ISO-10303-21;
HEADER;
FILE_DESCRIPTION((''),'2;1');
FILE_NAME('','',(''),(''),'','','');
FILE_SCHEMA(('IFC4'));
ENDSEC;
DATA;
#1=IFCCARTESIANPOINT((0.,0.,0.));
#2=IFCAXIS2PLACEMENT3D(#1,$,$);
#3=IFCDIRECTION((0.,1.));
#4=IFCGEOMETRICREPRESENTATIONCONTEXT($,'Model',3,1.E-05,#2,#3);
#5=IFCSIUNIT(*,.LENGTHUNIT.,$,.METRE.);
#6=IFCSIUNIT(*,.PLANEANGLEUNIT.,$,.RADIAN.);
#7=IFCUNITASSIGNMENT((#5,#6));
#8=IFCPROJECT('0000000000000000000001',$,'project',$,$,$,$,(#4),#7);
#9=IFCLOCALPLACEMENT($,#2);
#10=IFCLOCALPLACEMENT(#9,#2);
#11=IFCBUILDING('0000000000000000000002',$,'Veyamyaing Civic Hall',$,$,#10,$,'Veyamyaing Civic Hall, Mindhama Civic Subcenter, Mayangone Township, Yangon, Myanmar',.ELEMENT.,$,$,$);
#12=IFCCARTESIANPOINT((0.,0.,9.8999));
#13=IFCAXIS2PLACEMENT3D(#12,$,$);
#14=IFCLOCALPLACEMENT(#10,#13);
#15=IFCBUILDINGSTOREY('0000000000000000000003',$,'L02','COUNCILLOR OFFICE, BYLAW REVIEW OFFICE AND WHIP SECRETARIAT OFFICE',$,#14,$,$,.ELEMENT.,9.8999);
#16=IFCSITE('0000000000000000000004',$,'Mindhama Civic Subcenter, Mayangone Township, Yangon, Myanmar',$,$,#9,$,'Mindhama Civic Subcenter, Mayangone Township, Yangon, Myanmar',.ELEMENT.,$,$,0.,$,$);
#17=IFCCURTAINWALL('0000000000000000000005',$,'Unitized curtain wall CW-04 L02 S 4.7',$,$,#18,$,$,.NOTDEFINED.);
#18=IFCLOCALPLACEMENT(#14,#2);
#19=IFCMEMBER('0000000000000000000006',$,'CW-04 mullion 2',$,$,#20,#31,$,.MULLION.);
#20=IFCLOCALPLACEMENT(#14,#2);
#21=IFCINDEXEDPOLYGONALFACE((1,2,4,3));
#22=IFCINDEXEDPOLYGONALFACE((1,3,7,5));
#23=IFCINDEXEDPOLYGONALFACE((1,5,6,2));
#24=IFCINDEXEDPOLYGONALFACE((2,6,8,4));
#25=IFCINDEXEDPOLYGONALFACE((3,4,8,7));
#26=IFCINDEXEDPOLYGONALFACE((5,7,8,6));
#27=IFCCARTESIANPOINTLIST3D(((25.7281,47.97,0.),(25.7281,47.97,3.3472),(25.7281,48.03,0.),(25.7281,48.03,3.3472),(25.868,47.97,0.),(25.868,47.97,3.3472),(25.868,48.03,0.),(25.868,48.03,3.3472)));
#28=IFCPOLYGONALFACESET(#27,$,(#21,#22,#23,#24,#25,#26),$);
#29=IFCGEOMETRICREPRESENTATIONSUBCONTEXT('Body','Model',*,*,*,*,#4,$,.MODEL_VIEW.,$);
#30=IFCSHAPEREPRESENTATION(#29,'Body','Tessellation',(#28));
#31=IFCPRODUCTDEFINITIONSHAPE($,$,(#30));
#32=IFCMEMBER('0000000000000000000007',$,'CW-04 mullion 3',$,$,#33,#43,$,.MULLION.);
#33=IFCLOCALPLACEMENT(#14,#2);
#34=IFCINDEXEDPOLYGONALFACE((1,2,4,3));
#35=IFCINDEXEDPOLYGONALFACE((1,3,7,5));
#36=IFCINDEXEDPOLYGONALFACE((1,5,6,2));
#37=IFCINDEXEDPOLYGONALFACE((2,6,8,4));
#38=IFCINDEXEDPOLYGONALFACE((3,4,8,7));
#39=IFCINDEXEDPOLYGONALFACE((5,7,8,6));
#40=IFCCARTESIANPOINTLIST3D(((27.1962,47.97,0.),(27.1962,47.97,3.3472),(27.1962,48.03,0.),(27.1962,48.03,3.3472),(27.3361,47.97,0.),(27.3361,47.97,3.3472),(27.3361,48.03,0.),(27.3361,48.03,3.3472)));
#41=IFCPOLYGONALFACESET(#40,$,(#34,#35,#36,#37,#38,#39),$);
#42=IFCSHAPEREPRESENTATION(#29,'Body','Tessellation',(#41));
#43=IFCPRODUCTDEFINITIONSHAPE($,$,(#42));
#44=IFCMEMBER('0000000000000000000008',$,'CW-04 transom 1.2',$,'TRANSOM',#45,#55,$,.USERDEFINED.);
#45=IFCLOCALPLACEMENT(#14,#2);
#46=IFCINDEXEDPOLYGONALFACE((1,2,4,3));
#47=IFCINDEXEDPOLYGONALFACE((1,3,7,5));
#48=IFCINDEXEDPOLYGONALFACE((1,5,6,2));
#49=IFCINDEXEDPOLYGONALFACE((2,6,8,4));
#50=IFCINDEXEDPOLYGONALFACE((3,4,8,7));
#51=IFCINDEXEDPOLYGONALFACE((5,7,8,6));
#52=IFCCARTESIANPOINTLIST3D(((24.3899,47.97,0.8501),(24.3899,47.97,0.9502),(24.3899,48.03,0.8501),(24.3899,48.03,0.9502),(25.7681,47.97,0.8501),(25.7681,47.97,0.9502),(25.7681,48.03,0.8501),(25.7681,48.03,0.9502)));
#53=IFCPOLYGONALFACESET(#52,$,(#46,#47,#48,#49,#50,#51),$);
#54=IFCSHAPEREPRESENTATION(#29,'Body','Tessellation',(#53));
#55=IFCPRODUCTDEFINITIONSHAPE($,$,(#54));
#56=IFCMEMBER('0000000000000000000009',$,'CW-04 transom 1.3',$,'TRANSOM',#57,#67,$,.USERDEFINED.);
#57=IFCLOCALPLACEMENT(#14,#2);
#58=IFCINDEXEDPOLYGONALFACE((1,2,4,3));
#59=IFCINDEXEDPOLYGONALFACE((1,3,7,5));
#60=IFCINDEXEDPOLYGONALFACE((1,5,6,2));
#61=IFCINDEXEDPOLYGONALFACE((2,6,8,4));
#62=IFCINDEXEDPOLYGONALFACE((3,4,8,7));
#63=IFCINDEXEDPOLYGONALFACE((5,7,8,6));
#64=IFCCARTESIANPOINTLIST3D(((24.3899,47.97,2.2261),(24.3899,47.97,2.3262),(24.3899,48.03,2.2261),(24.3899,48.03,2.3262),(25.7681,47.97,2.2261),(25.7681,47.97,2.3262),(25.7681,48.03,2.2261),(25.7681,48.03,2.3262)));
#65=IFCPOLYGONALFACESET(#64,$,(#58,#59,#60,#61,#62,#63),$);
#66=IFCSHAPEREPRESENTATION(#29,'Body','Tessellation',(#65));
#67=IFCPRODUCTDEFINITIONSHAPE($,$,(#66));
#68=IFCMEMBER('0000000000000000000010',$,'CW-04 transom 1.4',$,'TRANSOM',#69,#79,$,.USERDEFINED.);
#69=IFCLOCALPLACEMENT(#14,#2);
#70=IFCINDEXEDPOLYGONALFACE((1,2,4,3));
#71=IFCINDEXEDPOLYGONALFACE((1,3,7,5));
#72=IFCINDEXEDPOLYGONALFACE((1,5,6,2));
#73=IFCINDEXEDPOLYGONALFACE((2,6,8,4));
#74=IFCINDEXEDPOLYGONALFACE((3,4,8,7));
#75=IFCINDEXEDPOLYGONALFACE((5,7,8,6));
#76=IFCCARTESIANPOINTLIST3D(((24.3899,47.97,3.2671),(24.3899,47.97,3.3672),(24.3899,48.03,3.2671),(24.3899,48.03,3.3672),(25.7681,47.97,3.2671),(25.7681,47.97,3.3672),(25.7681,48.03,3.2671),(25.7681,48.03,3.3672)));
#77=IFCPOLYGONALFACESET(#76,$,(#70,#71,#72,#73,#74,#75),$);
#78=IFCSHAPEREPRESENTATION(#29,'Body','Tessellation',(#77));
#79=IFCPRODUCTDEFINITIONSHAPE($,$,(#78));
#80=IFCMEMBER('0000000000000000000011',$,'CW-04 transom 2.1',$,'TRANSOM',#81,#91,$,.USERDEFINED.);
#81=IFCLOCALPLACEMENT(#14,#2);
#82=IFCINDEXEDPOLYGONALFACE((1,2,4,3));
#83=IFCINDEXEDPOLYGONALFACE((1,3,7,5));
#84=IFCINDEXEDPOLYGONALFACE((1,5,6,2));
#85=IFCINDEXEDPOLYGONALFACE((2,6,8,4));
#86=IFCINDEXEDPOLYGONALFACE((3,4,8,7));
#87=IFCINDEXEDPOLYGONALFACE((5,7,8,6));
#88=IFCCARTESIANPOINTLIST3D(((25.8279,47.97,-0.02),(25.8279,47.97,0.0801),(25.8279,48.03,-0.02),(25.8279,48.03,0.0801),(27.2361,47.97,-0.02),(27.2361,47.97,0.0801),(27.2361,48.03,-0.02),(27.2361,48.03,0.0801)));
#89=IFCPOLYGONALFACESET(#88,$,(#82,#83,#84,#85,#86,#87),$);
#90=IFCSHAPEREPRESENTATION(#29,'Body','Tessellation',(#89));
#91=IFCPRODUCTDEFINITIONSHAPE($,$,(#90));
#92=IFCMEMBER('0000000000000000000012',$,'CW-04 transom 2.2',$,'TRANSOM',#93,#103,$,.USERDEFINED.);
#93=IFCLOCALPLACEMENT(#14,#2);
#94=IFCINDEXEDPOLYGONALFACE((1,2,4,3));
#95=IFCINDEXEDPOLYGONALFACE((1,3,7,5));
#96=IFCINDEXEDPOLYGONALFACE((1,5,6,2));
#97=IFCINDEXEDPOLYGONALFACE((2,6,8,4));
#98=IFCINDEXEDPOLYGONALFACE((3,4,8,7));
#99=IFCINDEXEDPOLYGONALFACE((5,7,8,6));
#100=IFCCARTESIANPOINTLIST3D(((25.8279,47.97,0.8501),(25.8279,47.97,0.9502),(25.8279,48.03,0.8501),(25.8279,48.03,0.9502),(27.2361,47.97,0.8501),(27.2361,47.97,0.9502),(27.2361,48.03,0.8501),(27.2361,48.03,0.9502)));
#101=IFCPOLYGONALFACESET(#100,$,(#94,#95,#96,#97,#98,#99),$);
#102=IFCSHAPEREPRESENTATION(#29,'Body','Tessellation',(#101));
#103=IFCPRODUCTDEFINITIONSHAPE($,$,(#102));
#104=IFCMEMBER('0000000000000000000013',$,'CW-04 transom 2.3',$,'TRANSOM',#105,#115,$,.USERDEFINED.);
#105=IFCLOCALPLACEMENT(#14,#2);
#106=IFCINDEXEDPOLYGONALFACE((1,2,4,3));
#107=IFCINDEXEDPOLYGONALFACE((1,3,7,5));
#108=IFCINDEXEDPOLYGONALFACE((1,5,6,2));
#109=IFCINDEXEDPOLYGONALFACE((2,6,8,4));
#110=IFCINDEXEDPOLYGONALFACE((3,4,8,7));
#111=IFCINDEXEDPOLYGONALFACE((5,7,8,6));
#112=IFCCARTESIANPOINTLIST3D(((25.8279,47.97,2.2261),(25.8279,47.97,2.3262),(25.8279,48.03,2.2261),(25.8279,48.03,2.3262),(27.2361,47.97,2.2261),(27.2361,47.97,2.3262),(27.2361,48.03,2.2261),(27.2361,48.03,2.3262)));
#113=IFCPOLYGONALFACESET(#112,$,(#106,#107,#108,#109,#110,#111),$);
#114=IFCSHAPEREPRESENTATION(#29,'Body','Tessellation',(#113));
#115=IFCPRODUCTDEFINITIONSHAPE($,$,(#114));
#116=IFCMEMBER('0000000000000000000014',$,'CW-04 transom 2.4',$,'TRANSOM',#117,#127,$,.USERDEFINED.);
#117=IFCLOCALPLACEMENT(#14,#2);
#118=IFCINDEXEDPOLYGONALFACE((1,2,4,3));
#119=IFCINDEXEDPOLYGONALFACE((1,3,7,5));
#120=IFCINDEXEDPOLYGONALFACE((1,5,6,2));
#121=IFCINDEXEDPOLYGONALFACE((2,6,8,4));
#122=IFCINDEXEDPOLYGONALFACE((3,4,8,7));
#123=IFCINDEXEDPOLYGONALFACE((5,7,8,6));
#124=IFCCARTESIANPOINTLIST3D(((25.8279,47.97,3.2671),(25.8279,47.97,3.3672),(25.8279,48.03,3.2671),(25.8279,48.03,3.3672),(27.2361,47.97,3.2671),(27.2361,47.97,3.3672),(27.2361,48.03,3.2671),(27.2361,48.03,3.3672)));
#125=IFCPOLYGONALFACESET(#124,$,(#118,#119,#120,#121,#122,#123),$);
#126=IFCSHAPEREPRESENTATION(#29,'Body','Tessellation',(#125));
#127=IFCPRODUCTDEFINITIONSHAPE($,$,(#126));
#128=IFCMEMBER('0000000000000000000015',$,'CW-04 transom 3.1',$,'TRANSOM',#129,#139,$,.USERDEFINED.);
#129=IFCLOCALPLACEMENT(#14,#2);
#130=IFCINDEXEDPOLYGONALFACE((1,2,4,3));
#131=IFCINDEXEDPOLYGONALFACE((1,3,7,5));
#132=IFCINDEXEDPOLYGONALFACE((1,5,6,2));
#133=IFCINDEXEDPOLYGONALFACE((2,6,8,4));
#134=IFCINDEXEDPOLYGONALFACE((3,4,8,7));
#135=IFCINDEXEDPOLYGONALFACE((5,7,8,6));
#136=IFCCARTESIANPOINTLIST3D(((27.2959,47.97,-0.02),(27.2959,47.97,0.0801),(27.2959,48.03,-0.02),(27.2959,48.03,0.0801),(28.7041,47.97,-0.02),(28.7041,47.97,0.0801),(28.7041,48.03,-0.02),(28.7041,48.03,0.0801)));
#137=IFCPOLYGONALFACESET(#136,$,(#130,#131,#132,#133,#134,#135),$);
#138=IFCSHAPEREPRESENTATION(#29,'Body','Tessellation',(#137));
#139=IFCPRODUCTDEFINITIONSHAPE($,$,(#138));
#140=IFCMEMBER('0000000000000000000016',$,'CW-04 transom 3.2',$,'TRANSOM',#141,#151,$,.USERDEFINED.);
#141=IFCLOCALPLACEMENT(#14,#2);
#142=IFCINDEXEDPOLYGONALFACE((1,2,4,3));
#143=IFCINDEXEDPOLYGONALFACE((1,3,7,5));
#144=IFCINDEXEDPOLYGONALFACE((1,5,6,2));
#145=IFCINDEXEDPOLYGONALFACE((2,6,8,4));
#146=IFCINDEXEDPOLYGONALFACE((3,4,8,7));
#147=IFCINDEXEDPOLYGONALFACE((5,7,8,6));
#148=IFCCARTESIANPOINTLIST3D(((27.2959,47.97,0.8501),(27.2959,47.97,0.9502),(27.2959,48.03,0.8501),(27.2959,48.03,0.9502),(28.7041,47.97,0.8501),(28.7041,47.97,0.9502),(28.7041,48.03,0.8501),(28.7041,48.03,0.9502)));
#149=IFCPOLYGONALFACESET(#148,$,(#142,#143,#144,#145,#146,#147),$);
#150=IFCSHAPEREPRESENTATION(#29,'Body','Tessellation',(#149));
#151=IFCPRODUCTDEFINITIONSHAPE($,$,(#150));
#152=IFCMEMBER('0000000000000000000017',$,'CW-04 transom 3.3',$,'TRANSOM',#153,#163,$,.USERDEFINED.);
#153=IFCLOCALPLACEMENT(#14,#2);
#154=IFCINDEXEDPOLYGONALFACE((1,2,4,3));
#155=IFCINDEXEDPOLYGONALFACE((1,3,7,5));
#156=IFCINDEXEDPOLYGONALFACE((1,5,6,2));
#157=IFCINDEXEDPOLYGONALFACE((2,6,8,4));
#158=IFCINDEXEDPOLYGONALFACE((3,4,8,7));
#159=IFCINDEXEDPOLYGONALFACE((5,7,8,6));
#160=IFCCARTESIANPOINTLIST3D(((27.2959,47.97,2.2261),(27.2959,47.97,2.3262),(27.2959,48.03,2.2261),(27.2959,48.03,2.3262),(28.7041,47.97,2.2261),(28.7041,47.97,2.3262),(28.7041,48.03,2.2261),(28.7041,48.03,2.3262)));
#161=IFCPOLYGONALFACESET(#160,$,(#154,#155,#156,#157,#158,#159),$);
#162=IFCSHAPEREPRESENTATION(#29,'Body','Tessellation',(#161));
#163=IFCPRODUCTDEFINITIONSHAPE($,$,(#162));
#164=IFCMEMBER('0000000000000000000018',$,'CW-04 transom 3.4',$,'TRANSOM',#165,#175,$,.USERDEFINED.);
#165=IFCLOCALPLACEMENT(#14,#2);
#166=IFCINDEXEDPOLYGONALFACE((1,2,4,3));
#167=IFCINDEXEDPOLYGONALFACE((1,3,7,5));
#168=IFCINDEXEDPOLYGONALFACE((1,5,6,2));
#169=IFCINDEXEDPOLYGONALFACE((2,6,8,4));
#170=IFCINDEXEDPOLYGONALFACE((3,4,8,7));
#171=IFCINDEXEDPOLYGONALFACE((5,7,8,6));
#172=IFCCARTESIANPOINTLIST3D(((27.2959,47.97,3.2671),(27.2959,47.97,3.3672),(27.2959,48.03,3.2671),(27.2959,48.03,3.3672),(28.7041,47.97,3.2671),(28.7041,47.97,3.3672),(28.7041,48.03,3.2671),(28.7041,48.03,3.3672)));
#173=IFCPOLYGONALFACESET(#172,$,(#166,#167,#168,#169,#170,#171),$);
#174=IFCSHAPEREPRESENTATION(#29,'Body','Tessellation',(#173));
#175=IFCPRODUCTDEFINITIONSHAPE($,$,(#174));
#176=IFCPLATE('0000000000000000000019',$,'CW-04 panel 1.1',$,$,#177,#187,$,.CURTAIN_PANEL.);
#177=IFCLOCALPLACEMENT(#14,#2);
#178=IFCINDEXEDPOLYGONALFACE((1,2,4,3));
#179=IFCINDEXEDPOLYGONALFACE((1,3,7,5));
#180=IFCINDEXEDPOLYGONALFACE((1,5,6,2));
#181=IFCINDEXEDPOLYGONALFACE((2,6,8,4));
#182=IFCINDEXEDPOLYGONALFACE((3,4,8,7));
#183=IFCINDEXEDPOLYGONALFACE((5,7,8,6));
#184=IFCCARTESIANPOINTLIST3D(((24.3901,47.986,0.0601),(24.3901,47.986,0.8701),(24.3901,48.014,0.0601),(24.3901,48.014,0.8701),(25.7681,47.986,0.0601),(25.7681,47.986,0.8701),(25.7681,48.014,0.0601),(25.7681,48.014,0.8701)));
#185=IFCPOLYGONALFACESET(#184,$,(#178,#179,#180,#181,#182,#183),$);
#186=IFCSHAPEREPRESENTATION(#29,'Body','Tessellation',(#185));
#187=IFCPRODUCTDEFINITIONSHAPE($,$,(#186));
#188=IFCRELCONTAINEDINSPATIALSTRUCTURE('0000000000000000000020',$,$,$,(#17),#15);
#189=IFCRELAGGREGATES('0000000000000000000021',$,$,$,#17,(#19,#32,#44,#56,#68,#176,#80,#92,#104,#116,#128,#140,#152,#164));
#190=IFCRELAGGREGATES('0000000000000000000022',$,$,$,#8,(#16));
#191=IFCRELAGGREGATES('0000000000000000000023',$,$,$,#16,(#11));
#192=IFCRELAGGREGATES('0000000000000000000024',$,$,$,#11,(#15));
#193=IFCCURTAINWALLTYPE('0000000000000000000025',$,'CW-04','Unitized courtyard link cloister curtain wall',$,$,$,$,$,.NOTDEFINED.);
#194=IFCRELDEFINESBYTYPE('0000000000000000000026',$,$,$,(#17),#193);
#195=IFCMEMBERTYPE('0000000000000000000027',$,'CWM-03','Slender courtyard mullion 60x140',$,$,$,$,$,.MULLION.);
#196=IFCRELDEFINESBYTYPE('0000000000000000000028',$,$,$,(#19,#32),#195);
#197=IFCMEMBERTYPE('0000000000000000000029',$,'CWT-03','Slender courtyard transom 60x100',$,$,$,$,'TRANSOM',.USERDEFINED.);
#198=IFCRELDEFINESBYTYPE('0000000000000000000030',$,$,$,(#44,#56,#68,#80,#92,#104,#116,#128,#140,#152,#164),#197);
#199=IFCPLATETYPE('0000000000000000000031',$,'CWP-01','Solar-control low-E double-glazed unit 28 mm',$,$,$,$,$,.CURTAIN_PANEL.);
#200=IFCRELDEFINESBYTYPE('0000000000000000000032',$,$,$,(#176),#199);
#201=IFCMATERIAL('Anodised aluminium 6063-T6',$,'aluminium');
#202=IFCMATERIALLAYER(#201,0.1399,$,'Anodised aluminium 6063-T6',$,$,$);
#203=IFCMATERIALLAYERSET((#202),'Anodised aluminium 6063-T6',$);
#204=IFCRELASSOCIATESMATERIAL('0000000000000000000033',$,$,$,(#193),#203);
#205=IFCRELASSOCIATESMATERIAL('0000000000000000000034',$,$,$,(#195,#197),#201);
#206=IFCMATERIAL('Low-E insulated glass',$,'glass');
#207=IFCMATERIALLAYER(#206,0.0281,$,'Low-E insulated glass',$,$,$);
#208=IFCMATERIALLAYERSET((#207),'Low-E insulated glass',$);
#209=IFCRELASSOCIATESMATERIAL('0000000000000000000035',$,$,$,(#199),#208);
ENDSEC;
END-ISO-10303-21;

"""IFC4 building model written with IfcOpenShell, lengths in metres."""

from ifc_helpers import new_model, si_unit, direction, frame, origin, origin_2d, place, context, subcontext, project, spatial, rectangle, extrude, material, layer, layer_set, material_profile, profile_set, type_object, element, aggregate, save


model = new_model("IFC4")

# Units and contexts
model_context = context("Model", 3, precision=1e-05, world=origin(), true_north=direction((0.0, 1.0)))
body_context = subcontext(model_context, "Body", "Model", "MODEL_VIEW")
ifc_project = project(units=[si_unit("LENGTHUNIT", "METRE"), si_unit("PLANEANGLEUNIT", "RADIAN")], contexts=[model_context])

# Site, building, storey
site_placement = place(None, origin())
site = spatial("IfcSite", under=ifc_project, at=site_placement, Name="Mindhama Civic Subcenter, Mayangone Township, Yangon, Myanmar", LongName="Mindhama Civic Subcenter, Mayangone Township, Yangon, Myanmar", CompositionType="ELEMENT", RefElevation=0.0)
building_placement = place(site_placement, origin())
building = spatial("IfcBuilding", under=site, at=building_placement, Name="Veyamyaing Civic Hall", LongName="Veyamyaing Civic Hall, Mindhama Civic Subcenter, Mayangone Township, Yangon, Myanmar", CompositionType="ELEMENT")
storey_placement = place(building_placement, frame((0.0, 0.0, 9.8999)))
storey = spatial("IfcBuildingStorey", under=building, at=storey_placement, Name="L02", Description="COUNCILLOR OFFICE, BYLAW REVIEW OFFICE AND WHIP SECRETARIAT OFFICE", CompositionType="ELEMENT", Elevation=9.8999)

# Curtain wall, members, plate
ifc_material_1 = material(Name="Anodised aluminium 6063-T6", Category="aluminium")
ifc_layer_1 = layer(ifc_material_1, 0.1399, Name="Anodised aluminium 6063-T6")
ifc_layer_set_1 = layer_set([ifc_layer_1], Name="Anodised aluminium 6063-T6")
curtain_wall_type = type_object("IfcCurtainWallType", Name="CW-04", Description="Unitized courtyard link cloister curtain wall", PredefinedType="NOTDEFINED", material=ifc_layer_set_1)
curtain_wall_placement = place(storey_placement, origin())
curtain_wall = element("IfcCurtainWall", 1, at=curtain_wall_placement, inside=storey, type_object=curtain_wall_type, Name="Unitized curtain wall CW-04 L02 S 4.7", PredefinedType="NOTDEFINED")
ifc_material_profile_1 = material_profile(ifc_material_1, rectangle(XDim=0.0601, YDim=0.1399, at=origin_2d()), Name="ALU-MUL-60X140")
ifc_profile_set_1 = profile_set([ifc_material_profile_1], Name="Anodised aluminium 6063-T6")
member_type_1 = type_object("IfcMemberType", Name="CWM-03", Description="Slender courtyard mullion 60x140", PredefinedType="MULLION", material=ifc_profile_set_1)
member_1_placement = place(storey_placement, frame((25.7981, 48.0, 0.0), z_axis=(0.0, 0.0, 1.0), x_axis=(0.0, 1.0, 0.0)))
member_1 = element("IfcMember", 2, at=member_1_placement, type_object=member_type_1, Name="CW-04 mullion 2", PredefinedType="MULLION", context=body_context, shape_type="SweptSolid", body=[
    extrude(rectangle(XDim=0.0601, YDim=0.1399, at=origin_2d()), origin(), (0.0, 0.0, 1.0), 3.3472),
])
member_2_placement = place(storey_placement, frame((27.2661, 48.0, 0.0), z_axis=(0.0, 0.0, 1.0), x_axis=(0.0, 1.0, 0.0)))
member_2 = element("IfcMember", 3, at=member_2_placement, type_object=member_type_1, Name="CW-04 mullion 3", PredefinedType="MULLION", context=body_context, shape_type="SweptSolid", body=[
    extrude(rectangle(XDim=0.0601, YDim=0.1399, at=origin_2d()), origin(), (0.0, 0.0, 1.0), 3.3472),
])
ifc_material_profile_2 = material_profile(ifc_material_1, rectangle(XDim=0.0601, YDim=0.1001, at=origin_2d()), Name="ALU-TRN-60X100")
ifc_profile_set_2 = profile_set([ifc_material_profile_2], Name="Anodised aluminium 6063-T6")
member_type_2 = type_object("IfcMemberType", Name="CWT-03", Description="Slender courtyard transom 60x100", ElementType="TRANSOM", PredefinedType="USERDEFINED", material=ifc_profile_set_2)
member_3_placement = place(storey_placement, frame((24.3899, 48.0, 0.9001), z_axis=(1.0, 0.0, 0.0), x_axis=(0.0, 1.0, 0.0)))
member_3 = element("IfcMember", 4, at=member_3_placement, type_object=member_type_2, Name="CW-04 transom 1.2", ObjectType="TRANSOM", PredefinedType="USERDEFINED", context=body_context, shape_type="SweptSolid", body=[
    extrude(rectangle(XDim=0.0601, YDim=0.1001, at=origin_2d()), origin(), (0.0, 0.0, 1.0), 1.3782),
])
member_4_placement = place(storey_placement, frame((24.3899, 48.0, 2.2761), z_axis=(1.0, 0.0, 0.0), x_axis=(0.0, 1.0, 0.0)))
member_4 = element("IfcMember", 5, at=member_4_placement, type_object=member_type_2, Name="CW-04 transom 1.3", ObjectType="TRANSOM", PredefinedType="USERDEFINED", context=body_context, shape_type="SweptSolid", body=[
    extrude(rectangle(XDim=0.0601, YDim=0.1001, at=origin_2d()), origin(), (0.0, 0.0, 1.0), 1.3782),
])
member_5_placement = place(storey_placement, frame((24.3899, 48.0, 3.3171), z_axis=(1.0, 0.0, 0.0), x_axis=(0.0, 1.0, 0.0)))
member_5 = element("IfcMember", 6, at=member_5_placement, type_object=member_type_2, Name="CW-04 transom 1.4", ObjectType="TRANSOM", PredefinedType="USERDEFINED", context=body_context, shape_type="SweptSolid", body=[
    extrude(rectangle(XDim=0.0601, YDim=0.1001, at=origin_2d()), origin(), (0.0, 0.0, 1.0), 1.3782),
])
member_6_placement = place(storey_placement, frame((25.8279, 48.0, 0.03), z_axis=(1.0, 0.0, 0.0), x_axis=(0.0, 1.0, 0.0)))
member_6 = element("IfcMember", 7, at=member_6_placement, type_object=member_type_2, Name="CW-04 transom 2.1", ObjectType="TRANSOM", PredefinedType="USERDEFINED", context=body_context, shape_type="SweptSolid", body=[
    extrude(rectangle(XDim=0.0601, YDim=0.1001, at=origin_2d()), origin(), (0.0, 0.0, 1.0), 1.4082),
])
member_7_placement = place(storey_placement, frame((25.8279, 48.0, 0.9001), z_axis=(1.0, 0.0, 0.0), x_axis=(0.0, 1.0, 0.0)))
member_7 = element("IfcMember", 8, at=member_7_placement, type_object=member_type_2, Name="CW-04 transom 2.2", ObjectType="TRANSOM", PredefinedType="USERDEFINED", context=body_context, shape_type="SweptSolid", body=[
    extrude(rectangle(XDim=0.0601, YDim=0.1001, at=origin_2d()), origin(), (0.0, 0.0, 1.0), 1.4082),
])
member_8_placement = place(storey_placement, frame((25.8279, 48.0, 2.2761), z_axis=(1.0, 0.0, 0.0), x_axis=(0.0, 1.0, 0.0)))
member_8 = element("IfcMember", 9, at=member_8_placement, type_object=member_type_2, Name="CW-04 transom 2.3", ObjectType="TRANSOM", PredefinedType="USERDEFINED", context=body_context, shape_type="SweptSolid", body=[
    extrude(rectangle(XDim=0.0601, YDim=0.1001, at=origin_2d()), origin(), (0.0, 0.0, 1.0), 1.4082),
])
member_9_placement = place(storey_placement, frame((25.8279, 48.0, 3.3171), z_axis=(1.0, 0.0, 0.0), x_axis=(0.0, 1.0, 0.0)))
member_9 = element("IfcMember", 10, at=member_9_placement, type_object=member_type_2, Name="CW-04 transom 2.4", ObjectType="TRANSOM", PredefinedType="USERDEFINED", context=body_context, shape_type="SweptSolid", body=[
    extrude(rectangle(XDim=0.0601, YDim=0.1001, at=origin_2d()), origin(), (0.0, 0.0, 1.0), 1.4082),
])
member_10_placement = place(storey_placement, frame((27.2959, 48.0, 0.03), z_axis=(1.0, 0.0, 0.0), x_axis=(0.0, 1.0, 0.0)))
member_10 = element("IfcMember", 11, at=member_10_placement, type_object=member_type_2, Name="CW-04 transom 3.1", ObjectType="TRANSOM", PredefinedType="USERDEFINED", context=body_context, shape_type="SweptSolid", body=[
    extrude(rectangle(XDim=0.0601, YDim=0.1001, at=origin_2d()), origin(), (0.0, 0.0, 1.0), 1.4082),
])
member_11_placement = place(storey_placement, frame((27.2959, 48.0, 0.9001), z_axis=(1.0, 0.0, 0.0), x_axis=(0.0, 1.0, 0.0)))
member_11 = element("IfcMember", 12, at=member_11_placement, type_object=member_type_2, Name="CW-04 transom 3.2", ObjectType="TRANSOM", PredefinedType="USERDEFINED", context=body_context, shape_type="SweptSolid", body=[
    extrude(rectangle(XDim=0.0601, YDim=0.1001, at=origin_2d()), origin(), (0.0, 0.0, 1.0), 1.4082),
])
member_12_placement = place(storey_placement, frame((27.2959, 48.0, 2.2761), z_axis=(1.0, 0.0, 0.0), x_axis=(0.0, 1.0, 0.0)))
member_12 = element("IfcMember", 13, at=member_12_placement, type_object=member_type_2, Name="CW-04 transom 3.3", ObjectType="TRANSOM", PredefinedType="USERDEFINED", context=body_context, shape_type="SweptSolid", body=[
    extrude(rectangle(XDim=0.0601, YDim=0.1001, at=origin_2d()), origin(), (0.0, 0.0, 1.0), 1.4082),
])
member_13_placement = place(storey_placement, frame((27.2959, 48.0, 3.3171), z_axis=(1.0, 0.0, 0.0), x_axis=(0.0, 1.0, 0.0)))
member_13 = element("IfcMember", 14, at=member_13_placement, type_object=member_type_2, Name="CW-04 transom 3.4", ObjectType="TRANSOM", PredefinedType="USERDEFINED", context=body_context, shape_type="SweptSolid", body=[
    extrude(rectangle(XDim=0.0601, YDim=0.1001, at=origin_2d()), origin(), (0.0, 0.0, 1.0), 1.4082),
])
ifc_material_2 = material(Name="Low-E insulated glass", Category="glass")
ifc_layer_2 = layer(ifc_material_2, 0.0281, Name="Low-E insulated glass")
ifc_layer_set_2 = layer_set([ifc_layer_2], Name="Low-E insulated glass")
plate_type = type_object("IfcPlateType", Name="CWP-01", Description="Solar-control low-E double-glazed unit 28 mm", PredefinedType="CURTAIN_PANEL", material=ifc_layer_set_2)
plate_1_placement = place(storey_placement, frame((25.0791, 48.0, 0.0601), z_axis=(0.0, 0.0, 1.0), x_axis=(1.0, 0.0, 0.0)))
plate_1 = element("IfcPlate", 15, at=plate_1_placement, type_object=plate_type, Name="CW-04 panel 1.1", PredefinedType="CURTAIN_PANEL", context=body_context, shape_type="SweptSolid", body=[
    extrude(rectangle(XDim=1.3779, YDim=0.0281, at=origin_2d()), origin(), (0.0, 0.0, 1.0), 0.8101),
])
aggregate(curtain_wall, [member_1, member_2, member_3, member_4, member_5, plate_1, member_6, member_7, member_8, member_9, member_10, member_11, member_12, member_13])

save(model, "model.ifc")
